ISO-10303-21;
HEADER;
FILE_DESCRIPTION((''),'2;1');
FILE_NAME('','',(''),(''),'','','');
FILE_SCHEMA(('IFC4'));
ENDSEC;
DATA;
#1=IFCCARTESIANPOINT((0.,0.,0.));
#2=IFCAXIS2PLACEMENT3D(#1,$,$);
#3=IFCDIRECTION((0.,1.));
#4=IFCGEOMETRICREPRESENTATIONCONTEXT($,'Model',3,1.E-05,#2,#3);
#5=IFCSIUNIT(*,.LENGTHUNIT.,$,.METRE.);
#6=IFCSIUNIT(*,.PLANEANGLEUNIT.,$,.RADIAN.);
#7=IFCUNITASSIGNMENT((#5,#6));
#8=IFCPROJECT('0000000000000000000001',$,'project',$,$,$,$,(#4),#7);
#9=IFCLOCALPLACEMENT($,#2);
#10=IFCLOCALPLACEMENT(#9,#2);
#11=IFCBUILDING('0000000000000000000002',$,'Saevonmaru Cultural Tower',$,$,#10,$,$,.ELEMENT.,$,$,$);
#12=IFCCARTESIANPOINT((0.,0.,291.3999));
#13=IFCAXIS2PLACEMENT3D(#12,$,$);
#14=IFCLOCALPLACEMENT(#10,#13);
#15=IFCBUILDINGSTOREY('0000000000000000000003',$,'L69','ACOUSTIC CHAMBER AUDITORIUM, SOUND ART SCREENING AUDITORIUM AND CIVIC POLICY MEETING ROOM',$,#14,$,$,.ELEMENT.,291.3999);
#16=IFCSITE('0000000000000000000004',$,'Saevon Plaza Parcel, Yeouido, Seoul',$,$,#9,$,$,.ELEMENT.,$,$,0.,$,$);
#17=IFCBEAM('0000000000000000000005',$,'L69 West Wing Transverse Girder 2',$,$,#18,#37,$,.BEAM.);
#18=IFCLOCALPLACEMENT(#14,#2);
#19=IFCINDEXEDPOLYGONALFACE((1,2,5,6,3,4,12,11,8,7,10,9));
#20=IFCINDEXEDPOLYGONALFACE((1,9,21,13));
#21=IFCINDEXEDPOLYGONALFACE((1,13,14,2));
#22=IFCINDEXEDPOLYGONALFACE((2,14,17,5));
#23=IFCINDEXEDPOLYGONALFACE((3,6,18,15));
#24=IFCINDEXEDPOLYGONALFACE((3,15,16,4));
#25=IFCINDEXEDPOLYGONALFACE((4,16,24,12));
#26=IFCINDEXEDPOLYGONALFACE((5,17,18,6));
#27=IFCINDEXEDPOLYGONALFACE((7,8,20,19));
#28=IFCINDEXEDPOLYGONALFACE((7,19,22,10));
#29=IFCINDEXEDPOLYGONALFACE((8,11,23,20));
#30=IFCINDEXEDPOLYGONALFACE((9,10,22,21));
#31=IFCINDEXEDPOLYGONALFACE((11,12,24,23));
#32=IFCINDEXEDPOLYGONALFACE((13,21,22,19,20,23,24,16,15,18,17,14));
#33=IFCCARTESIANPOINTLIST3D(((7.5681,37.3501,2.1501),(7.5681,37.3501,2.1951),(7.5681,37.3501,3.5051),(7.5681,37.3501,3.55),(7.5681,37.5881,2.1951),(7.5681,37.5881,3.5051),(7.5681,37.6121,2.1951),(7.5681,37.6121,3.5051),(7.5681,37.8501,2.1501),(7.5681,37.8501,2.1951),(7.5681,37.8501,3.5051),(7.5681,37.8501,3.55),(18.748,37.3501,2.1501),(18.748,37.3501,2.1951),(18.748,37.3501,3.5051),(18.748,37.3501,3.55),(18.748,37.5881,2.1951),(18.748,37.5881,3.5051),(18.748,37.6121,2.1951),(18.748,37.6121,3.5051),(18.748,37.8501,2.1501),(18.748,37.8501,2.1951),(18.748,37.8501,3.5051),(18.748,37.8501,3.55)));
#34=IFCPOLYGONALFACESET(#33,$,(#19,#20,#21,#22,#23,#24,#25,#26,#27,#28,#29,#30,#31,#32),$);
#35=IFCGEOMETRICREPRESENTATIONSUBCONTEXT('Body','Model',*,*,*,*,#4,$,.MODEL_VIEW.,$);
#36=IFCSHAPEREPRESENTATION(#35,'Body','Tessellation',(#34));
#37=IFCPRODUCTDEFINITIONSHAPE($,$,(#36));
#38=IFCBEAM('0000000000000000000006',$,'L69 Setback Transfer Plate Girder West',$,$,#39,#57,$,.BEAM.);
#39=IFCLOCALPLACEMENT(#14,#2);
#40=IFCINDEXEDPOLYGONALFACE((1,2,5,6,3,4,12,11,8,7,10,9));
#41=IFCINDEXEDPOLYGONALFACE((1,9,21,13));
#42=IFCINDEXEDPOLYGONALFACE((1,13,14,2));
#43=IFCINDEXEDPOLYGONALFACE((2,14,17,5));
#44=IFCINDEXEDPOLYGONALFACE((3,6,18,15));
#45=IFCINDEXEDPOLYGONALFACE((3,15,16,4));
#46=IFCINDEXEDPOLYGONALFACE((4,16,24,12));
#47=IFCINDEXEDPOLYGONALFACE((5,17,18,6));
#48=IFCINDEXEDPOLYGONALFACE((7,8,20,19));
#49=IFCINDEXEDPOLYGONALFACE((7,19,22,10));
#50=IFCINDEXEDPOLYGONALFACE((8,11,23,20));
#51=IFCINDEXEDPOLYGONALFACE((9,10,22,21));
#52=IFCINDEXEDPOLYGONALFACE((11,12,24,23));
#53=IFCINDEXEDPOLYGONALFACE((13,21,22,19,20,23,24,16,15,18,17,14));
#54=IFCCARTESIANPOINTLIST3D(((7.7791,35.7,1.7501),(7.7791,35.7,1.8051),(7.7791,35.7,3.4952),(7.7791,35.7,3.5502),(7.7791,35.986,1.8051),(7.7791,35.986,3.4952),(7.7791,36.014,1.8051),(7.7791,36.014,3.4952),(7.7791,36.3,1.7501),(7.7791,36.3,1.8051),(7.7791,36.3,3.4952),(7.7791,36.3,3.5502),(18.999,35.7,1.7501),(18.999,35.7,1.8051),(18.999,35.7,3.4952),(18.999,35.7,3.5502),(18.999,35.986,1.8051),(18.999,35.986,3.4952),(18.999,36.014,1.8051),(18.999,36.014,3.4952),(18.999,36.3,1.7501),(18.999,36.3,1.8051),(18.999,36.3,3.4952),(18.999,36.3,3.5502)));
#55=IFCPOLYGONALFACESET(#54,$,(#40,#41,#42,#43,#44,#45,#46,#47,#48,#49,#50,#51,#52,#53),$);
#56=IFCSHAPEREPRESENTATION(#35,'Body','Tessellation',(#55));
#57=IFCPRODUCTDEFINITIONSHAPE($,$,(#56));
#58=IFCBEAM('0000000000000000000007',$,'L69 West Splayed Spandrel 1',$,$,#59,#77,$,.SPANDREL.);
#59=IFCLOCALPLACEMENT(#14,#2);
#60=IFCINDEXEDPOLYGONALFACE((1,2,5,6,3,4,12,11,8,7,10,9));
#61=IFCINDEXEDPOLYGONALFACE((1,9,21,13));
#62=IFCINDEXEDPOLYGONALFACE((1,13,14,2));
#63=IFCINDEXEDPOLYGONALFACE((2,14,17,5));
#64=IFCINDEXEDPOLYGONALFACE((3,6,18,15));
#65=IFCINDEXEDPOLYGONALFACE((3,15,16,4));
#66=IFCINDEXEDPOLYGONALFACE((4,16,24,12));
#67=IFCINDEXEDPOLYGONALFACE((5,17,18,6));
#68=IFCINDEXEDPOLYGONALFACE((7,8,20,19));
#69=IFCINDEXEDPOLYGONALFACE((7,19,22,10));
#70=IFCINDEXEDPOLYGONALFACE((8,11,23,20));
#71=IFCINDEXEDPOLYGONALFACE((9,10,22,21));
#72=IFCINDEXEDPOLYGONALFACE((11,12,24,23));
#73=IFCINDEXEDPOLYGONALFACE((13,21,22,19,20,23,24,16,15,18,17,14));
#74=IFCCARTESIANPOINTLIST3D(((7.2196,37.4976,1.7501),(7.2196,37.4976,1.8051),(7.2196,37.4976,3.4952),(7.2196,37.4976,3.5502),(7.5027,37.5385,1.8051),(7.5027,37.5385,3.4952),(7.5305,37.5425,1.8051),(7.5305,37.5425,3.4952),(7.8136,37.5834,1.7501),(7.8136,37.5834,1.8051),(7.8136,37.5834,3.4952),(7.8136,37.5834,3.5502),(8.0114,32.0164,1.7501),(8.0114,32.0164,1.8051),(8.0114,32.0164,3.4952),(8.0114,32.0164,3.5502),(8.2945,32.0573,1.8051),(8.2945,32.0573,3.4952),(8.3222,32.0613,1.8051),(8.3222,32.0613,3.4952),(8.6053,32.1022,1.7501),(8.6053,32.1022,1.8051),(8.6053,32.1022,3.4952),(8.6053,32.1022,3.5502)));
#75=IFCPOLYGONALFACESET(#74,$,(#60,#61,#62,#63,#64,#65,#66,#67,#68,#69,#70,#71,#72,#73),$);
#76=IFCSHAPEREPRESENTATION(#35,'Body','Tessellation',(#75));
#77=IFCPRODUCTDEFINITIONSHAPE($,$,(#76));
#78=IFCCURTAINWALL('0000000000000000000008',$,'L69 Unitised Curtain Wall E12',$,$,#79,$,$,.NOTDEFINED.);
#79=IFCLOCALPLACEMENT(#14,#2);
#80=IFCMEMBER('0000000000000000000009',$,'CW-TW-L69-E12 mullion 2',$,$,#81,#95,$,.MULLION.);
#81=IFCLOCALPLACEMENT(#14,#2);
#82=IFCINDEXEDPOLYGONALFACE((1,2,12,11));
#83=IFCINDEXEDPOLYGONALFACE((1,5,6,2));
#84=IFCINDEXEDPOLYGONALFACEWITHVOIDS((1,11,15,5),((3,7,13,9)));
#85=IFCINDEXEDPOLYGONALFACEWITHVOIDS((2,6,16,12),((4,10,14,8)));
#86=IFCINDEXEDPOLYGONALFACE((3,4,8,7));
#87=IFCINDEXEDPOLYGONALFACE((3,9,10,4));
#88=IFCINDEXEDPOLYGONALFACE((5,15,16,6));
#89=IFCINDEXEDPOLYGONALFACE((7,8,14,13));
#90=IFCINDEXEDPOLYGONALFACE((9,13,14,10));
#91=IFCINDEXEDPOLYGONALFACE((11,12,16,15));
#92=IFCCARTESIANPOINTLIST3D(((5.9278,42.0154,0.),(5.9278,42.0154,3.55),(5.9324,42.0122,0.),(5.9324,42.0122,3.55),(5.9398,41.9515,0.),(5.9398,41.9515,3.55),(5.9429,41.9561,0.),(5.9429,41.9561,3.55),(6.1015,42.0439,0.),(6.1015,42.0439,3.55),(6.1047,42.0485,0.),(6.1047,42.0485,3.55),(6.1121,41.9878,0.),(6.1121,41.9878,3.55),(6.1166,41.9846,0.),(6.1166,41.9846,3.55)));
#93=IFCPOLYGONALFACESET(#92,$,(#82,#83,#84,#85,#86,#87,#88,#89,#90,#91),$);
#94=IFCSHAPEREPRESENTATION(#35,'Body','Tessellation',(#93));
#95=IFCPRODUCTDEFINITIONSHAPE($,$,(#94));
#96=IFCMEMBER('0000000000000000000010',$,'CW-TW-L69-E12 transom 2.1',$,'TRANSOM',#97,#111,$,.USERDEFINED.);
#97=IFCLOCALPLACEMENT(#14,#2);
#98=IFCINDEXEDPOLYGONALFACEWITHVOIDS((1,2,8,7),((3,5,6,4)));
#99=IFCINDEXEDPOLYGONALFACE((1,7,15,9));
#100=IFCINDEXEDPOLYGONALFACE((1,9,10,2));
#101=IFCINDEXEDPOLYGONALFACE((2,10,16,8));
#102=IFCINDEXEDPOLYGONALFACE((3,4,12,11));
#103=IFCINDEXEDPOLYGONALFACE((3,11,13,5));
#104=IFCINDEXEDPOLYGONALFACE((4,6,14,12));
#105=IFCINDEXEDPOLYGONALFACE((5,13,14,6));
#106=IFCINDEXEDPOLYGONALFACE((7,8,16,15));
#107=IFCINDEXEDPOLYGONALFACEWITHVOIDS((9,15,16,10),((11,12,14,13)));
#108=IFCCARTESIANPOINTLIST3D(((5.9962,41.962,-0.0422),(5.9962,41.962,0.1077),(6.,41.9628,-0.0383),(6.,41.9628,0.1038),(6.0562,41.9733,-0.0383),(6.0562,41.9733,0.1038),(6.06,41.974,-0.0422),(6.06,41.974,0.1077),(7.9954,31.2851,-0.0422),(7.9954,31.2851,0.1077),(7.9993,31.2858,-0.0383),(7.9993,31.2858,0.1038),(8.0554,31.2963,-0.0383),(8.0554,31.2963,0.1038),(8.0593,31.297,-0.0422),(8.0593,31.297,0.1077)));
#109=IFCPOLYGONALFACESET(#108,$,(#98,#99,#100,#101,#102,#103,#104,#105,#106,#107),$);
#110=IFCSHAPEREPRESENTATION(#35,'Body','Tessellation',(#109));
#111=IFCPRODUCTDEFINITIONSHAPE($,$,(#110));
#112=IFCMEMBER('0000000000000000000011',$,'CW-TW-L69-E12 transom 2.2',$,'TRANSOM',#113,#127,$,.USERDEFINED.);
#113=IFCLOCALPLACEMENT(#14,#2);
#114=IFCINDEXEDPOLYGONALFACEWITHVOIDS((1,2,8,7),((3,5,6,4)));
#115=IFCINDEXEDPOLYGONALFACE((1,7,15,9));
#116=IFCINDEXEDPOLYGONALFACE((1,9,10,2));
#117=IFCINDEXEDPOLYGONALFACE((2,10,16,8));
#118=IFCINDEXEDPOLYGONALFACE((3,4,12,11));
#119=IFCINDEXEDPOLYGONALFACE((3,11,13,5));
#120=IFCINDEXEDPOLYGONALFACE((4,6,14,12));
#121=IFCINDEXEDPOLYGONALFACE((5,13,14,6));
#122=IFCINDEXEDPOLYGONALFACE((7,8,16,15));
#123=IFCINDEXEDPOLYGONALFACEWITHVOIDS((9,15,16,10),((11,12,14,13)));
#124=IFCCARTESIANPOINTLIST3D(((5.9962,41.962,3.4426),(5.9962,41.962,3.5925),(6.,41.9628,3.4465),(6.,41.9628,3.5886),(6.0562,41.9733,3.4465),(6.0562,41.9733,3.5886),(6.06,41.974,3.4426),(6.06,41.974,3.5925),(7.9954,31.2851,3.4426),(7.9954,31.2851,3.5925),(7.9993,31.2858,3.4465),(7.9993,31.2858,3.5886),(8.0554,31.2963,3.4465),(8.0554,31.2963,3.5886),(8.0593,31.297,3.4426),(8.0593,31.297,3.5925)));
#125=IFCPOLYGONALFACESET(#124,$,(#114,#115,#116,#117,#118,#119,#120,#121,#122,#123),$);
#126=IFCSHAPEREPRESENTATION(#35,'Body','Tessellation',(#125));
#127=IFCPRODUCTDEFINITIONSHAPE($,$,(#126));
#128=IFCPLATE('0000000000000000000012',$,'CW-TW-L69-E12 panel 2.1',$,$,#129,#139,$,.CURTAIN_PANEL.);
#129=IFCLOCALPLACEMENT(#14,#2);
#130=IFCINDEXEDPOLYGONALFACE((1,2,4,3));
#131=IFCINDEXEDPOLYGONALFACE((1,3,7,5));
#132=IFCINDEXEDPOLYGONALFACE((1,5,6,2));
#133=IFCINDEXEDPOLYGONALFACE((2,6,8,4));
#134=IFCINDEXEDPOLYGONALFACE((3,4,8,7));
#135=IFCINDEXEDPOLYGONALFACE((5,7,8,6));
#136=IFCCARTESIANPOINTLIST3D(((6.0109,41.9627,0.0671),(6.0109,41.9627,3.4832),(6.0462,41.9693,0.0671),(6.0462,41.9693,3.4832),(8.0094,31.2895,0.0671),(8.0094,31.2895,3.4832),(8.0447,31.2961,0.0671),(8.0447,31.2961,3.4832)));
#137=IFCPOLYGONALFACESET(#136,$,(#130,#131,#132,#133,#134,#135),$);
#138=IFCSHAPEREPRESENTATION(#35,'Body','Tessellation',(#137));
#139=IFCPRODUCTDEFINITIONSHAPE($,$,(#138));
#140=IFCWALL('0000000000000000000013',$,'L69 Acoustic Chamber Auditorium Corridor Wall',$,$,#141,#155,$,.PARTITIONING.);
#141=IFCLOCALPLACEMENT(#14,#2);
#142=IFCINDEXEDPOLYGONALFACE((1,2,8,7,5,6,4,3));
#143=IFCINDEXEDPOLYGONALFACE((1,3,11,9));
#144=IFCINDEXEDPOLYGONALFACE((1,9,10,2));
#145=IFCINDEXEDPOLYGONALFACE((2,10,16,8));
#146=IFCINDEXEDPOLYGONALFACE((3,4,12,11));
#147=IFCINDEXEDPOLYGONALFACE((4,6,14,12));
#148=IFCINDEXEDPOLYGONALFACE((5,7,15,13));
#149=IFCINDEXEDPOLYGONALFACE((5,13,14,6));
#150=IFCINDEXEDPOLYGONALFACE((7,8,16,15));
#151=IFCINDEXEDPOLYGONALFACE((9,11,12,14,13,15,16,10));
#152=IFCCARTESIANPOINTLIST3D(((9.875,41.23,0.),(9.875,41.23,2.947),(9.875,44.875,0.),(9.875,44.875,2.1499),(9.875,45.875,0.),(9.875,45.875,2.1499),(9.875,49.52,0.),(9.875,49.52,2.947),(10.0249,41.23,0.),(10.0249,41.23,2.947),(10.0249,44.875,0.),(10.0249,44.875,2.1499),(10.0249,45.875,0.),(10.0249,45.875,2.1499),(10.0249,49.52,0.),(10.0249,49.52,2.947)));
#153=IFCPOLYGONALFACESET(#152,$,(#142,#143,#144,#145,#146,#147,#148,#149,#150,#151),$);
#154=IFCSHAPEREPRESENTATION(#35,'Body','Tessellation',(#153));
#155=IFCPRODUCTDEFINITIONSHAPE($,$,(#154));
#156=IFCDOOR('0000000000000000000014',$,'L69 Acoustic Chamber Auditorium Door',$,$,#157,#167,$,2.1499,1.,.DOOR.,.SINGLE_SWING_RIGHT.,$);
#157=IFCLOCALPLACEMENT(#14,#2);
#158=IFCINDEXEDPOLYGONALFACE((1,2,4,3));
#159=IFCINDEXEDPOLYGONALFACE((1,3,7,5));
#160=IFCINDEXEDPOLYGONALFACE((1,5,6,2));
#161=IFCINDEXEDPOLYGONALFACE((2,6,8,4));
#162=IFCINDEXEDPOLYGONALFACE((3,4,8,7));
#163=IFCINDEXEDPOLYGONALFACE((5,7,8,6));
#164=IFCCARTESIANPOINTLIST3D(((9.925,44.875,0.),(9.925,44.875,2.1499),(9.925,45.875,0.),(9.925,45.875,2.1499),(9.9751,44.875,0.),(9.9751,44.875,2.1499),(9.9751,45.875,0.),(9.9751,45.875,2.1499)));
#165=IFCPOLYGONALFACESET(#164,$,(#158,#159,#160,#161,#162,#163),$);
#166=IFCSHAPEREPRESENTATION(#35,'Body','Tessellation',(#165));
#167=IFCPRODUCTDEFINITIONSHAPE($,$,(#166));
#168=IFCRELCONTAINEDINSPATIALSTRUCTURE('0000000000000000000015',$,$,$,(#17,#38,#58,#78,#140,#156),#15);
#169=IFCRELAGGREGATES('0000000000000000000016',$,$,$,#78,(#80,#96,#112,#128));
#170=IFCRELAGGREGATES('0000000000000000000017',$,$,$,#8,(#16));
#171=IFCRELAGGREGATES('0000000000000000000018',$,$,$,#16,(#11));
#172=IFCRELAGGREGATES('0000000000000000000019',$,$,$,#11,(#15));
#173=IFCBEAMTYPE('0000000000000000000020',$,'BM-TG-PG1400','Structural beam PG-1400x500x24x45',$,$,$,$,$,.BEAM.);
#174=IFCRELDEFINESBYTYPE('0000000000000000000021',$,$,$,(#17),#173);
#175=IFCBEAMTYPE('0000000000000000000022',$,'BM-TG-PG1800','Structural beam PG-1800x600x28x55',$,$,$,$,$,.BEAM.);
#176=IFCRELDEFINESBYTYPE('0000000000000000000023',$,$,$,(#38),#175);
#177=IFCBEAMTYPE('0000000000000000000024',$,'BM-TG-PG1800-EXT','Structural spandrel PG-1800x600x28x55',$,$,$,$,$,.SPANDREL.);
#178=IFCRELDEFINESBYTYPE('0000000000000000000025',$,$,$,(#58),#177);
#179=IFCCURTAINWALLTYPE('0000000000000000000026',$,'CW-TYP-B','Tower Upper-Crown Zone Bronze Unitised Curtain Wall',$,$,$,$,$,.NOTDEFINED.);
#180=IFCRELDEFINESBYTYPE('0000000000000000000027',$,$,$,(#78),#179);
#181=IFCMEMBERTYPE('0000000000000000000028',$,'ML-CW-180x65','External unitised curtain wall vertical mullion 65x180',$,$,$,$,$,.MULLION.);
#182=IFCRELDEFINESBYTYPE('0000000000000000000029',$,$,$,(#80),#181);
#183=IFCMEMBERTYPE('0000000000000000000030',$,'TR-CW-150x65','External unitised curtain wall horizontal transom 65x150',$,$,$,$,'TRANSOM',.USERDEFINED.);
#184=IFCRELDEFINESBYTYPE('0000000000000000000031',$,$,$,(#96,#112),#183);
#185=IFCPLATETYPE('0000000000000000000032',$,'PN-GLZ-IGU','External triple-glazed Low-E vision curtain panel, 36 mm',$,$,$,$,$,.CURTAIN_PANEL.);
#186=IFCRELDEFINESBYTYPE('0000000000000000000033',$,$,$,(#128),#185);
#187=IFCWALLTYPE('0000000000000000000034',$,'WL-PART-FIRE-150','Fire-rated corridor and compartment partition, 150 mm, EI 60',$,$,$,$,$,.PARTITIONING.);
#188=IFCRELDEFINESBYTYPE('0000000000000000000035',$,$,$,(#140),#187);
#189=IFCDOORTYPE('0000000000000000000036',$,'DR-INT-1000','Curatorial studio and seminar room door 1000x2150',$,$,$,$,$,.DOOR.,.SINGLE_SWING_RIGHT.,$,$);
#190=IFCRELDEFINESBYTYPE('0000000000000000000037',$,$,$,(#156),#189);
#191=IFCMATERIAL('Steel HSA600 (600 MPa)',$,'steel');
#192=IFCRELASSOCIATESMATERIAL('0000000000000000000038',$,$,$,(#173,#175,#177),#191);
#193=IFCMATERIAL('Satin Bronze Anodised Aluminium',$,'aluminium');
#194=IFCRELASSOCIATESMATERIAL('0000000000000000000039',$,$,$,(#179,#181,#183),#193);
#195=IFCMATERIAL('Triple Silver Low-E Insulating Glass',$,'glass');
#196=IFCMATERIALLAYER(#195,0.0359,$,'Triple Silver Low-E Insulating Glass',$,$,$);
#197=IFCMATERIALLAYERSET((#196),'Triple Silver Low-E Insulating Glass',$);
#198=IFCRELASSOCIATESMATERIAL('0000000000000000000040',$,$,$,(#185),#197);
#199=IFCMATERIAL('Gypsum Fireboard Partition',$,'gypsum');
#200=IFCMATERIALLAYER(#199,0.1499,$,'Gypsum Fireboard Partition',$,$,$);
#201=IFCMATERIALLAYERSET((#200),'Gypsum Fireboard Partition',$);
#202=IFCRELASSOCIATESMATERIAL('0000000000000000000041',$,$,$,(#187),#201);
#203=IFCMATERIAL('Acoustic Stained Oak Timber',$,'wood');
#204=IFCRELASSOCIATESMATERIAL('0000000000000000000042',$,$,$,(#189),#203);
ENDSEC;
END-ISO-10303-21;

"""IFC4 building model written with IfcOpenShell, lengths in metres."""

from ifc_helpers import new_model, si_unit, direction, frame, frame_2d, origin, origin_2d, place, context, subcontext, project, spatial, rectangle, hollow_rectangle, i_section, extrude, material, layer, layer_set, material_profile, profile_set, type_object, element, fill, aggregate, save


model = new_model("IFC4")

# Units and contexts
model_context = context("Model", 3, precision=1e-05, world=origin(), true_north=direction((0.0, 1.0)))
body_context = subcontext(model_context, "Body", "Model", "MODEL_VIEW")
ifc_project = project(units=[si_unit("LENGTHUNIT", "METRE"), si_unit("PLANEANGLEUNIT", "RADIAN")], contexts=[model_context])

# Site, building, storey
site_placement = place(None, origin())
site = spatial("IfcSite", under=ifc_project, at=site_placement, Name="Saevon Plaza Parcel, Yeouido, Seoul", CompositionType="ELEMENT", RefElevation=0.0)
building_placement = place(site_placement, origin())
building = spatial("IfcBuilding", under=site, at=building_placement, Name="Saevonmaru Cultural Tower", CompositionType="ELEMENT")
storey_placement = place(building_placement, frame((0.0, 0.0, 291.3999)))
storey = spatial("IfcBuildingStorey", under=building, at=storey_placement, Name="L69", Description="ACOUSTIC CHAMBER AUDITORIUM, SOUND ART SCREENING AUDITORIUM AND CIVIC POLICY MEETING ROOM", CompositionType="ELEMENT", Elevation=291.3999)

# Beams
ifc_material_1 = material(Name="Steel HSA600 (600 MPa)", Category="steel")
ifc_material_profile_1 = material_profile(ifc_material_1, i_section(OverallWidth=0.5, OverallDepth=1.3999, WebThickness=0.0239, FlangeThickness=0.0449, at=origin_2d()), Name="PG-1400x500x24x45")
ifc_profile_set_1 = profile_set([ifc_material_profile_1], Name="Steel HSA600 (600 MPa)")
beam_type_1 = type_object("IfcBeamType", Name="BM-TG-PG1400", Description="Structural beam PG-1400x500x24x45", PredefinedType="BEAM", material=ifc_profile_set_1)
beam_1_placement = place(storey_placement, frame((7.5681, 37.6001, 2.8501), z_axis=(1.0, 0.0, 0.0), x_axis=(0.0, 1.0, 0.0)))
element("IfcBeam", 1, at=beam_1_placement, inside=storey, type_object=beam_type_1, Name="L69 West Wing Transverse Girder 2", PredefinedType="BEAM", context=body_context, shape_type="SweptSolid", body=[
    extrude(i_section(OverallWidth=0.5, OverallDepth=1.3999, WebThickness=0.0239, FlangeThickness=0.0449, at=origin_2d()), origin(), (0.0, 0.0, 1.0), 11.1799),
])
ifc_material_profile_2 = material_profile(ifc_material_1, i_section(OverallWidth=0.6001, OverallDepth=1.8, WebThickness=0.0281, FlangeThickness=0.0549, at=origin_2d()), Name="PG-1800x600x28x55")
ifc_profile_set_2 = profile_set([ifc_material_profile_2], Name="Steel HSA600 (600 MPa)")
beam_type_2 = type_object("IfcBeamType", Name="BM-TG-PG1800", Description="Structural beam PG-1800x600x28x55", PredefinedType="BEAM", material=ifc_profile_set_2)
beam_2_placement = place(storey_placement, frame((7.7791, 36.0, 2.6501), z_axis=(1.0, 0.0, 0.0), x_axis=(0.0, 1.0, 0.0)))
element("IfcBeam", 2, at=beam_2_placement, inside=storey, type_object=beam_type_2, Name="L69 Setback Transfer Plate Girder West", PredefinedType="BEAM", context=body_context, shape_type="SweptSolid", body=[
    extrude(i_section(OverallWidth=0.6001, OverallDepth=1.8, WebThickness=0.0281, FlangeThickness=0.0549, at=origin_2d()), origin(), (0.0, 0.0, 1.0), 11.22),
])
ifc_material_profile_3 = material_profile(ifc_material_1, i_section(OverallWidth=0.6001, OverallDepth=1.8, WebThickness=0.0281, FlangeThickness=0.0549, at=origin_2d()), Name="PG-1800x600x28x55")
ifc_profile_set_3 = profile_set([ifc_material_profile_3], Name="Steel HSA600 (600 MPa)")
beam_type_3 = type_object("IfcBeamType", Name="BM-TG-PG1800-EXT", Description="Structural spandrel PG-1800x600x28x55", PredefinedType="SPANDREL", material=ifc_profile_set_3)
beam_3_placement = place(storey_placement, frame((8.3083, 32.0593, 2.6501), z_axis=(-0.142964, 0.989728, 0.0), x_axis=(-0.989728, -0.142964, 0.0)))
element("IfcBeam", 3, at=beam_3_placement, inside=storey, type_object=beam_type_3, Name="L69 West Splayed Spandrel 1", PredefinedType="SPANDREL", context=body_context, shape_type="SweptSolid", body=[
    extrude(i_section(OverallWidth=0.6001, OverallDepth=1.8, WebThickness=0.0281, FlangeThickness=0.0549, at=origin_2d()), origin(), (0.0, 0.0, 1.0), 5.5381),
])

# Curtain wall, members, plate
ifc_material_2 = material(Name="Satin Bronze Anodised Aluminium", Category="aluminium")
curtain_wall_type = type_object("IfcCurtainWallType", Name="CW-TYP-B", Description="Tower Upper-Crown Zone Bronze Unitised Curtain Wall", PredefinedType="NOTDEFINED", material=ifc_material_2)
curtain_wall_placement = place(storey_placement, origin())
curtain_wall = element("IfcCurtainWall", 4, at=curtain_wall_placement, inside=storey, type_object=curtain_wall_type, Name="L69 Unitised Curtain Wall E12", PredefinedType="NOTDEFINED")
ifc_material_profile_4 = material_profile(ifc_material_2, hollow_rectangle(XDim=0.0649, YDim=0.1799, WallThickness=0.0039, at=origin_2d()), Name="ALU-MULL-180x65x4")
ifc_profile_set_4 = profile_set([ifc_material_profile_4], Name="Satin Bronze Anodised Aluminium")
member_type_1 = type_object("IfcMemberType", Name="ML-CW-180x65", Description="External unitised curtain wall vertical mullion 65x180", PredefinedType="MULLION", material=ifc_profile_set_4)
member_1_placement = place(storey_placement, frame((6.0222, 42.0, 0.0), z_axis=(0.0, 0.0, 1.0), x_axis=(0.184047, -0.982918, 0.0)))
member_1 = element("IfcMember", 5, at=member_1_placement, type_object=member_type_1, Name="CW-TW-L69-E12 mullion 2", PredefinedType="MULLION", context=body_context, shape_type="SweptSolid", body=[
    extrude(hollow_rectangle(XDim=0.0649, YDim=0.1799, WallThickness=0.0039, at=origin_2d()), origin(), (0.0, 0.0, 1.0), 3.55),
])
ifc_material_profile_5 = material_profile(ifc_material_2, hollow_rectangle(XDim=0.0649, YDim=0.1499, WallThickness=0.0039, at=origin_2d()), Name="ALU-TRAN-150x65x4")
ifc_profile_set_5 = profile_set([ifc_material_profile_5], Name="Satin Bronze Anodised Aluminium")
member_type_2 = type_object("IfcMemberType", Name="TR-CW-150x65", Description="External unitised curtain wall horizontal transom 65x150", ElementType="TRANSOM", PredefinedType="USERDEFINED", material=ifc_profile_set_5)
member_2_placement = place(storey_placement, frame((6.0281, 41.968, 0.0327), z_axis=(0.184051, -0.982917, 0.0), x_axis=(0.982917, 0.184051, 0.0)))
member_2 = element("IfcMember", 6, at=member_2_placement, type_object=member_type_2, Name="CW-TW-L69-E12 transom 2.1", ObjectType="TRANSOM", PredefinedType="USERDEFINED", context=body_context, shape_type="SweptSolid", body=[
    extrude(hollow_rectangle(XDim=0.0649, YDim=0.1499, WallThickness=0.0039, at=origin_2d()), origin(), (0.0, 0.0, 1.0), 10.8625),
])
member_3_placement = place(storey_placement, frame((6.0281, 41.968, 3.5176), z_axis=(0.184051, -0.982917, 0.0), x_axis=(0.982917, 0.184051, 0.0)))
member_3 = element("IfcMember", 7, at=member_3_placement, type_object=member_type_2, Name="CW-TW-L69-E12 transom 2.2", ObjectType="TRANSOM", PredefinedType="USERDEFINED", context=body_context, shape_type="SweptSolid", body=[
    extrude(hollow_rectangle(XDim=0.0649, YDim=0.1499, WallThickness=0.0039, at=origin_2d()), origin(), (0.0, 0.0, 1.0), 10.8625),
])
ifc_material_3 = material(Name="Triple Silver Low-E Insulating Glass", Category="glass")
ifc_layer_1 = layer(ifc_material_3, 0.0359, Name="Triple Silver Low-E Insulating Glass")
ifc_layer_set_1 = layer_set([ifc_layer_1], Name="Triple Silver Low-E Insulating Glass")
plate_type = type_object("IfcPlateType", Name="PN-GLZ-IGU", Description="External triple-glazed Low-E vision curtain panel, 36 mm", PredefinedType="CURTAIN_PANEL", material=ifc_layer_set_1)
plate_placement = place(storey_placement, frame((7.0278, 36.6294, 0.0671), z_axis=(0.0, 0.0, 1.0), x_axis=(0.184047, -0.982918, 0.0)))
plate = element("IfcPlate", 8, at=plate_placement, type_object=plate_type, Name="CW-TW-L69-E12 panel 2.1", PredefinedType="CURTAIN_PANEL", context=body_context, shape_type="SweptSolid", body=[
    extrude(rectangle(XDim=10.8586, YDim=0.0359, at=origin_2d()), origin(), (0.0, 0.0, 1.0), 3.416),
])
aggregate(curtain_wall, [member_1, member_2, member_3, plate])

# Wall, opening, door
ifc_material_4 = material(Name="Gypsum Fireboard Partition", Category="gypsum")
ifc_layer_2 = layer(ifc_material_4, 0.1499, Name="Gypsum Fireboard Partition")
ifc_layer_set_2 = layer_set([ifc_layer_2], Name="Gypsum Fireboard Partition")
wall_type_1 = type_object("IfcWallType", Name="WL-PART-FIRE-150", Description="Fire-rated corridor and compartment partition, 150 mm, EI 60", PredefinedType="PARTITIONING", material=ifc_layer_set_2)
wall_1_placement = place(storey_placement, frame((9.95, 41.23, 0.0), z_axis=(0.0, 0.0, 1.0), x_axis=(0.0, 1.0, 0.0)))
wall_1 = element("IfcWall", 9, at=wall_1_placement, inside=storey, type_object=wall_type_1, Name="L69 Acoustic Chamber Auditorium Corridor Wall", PredefinedType="PARTITIONING", context=body_context, shape_type="SweptSolid", body=[
    extrude(rectangle(XDim=8.29, YDim=0.1499, at=frame_2d((4.145, 0.0))), origin(), (0.0, 0.0, 1.0), 2.947),
])
opening_1_placement = place(wall_1_placement, frame((3.645, 0.0, 0.0)))
opening_1 = element("IfcOpeningElement", 10, at=opening_1_placement, cuts=wall_1, PredefinedType="OPENING", context=body_context, shape_type="SweptSolid", body=[
    extrude(rectangle(XDim=1.0, YDim=2.1499, at=frame_2d((0.5, 1.075))), frame((0.0, 0.085, 0.0), z_axis=(0.0, -1.0, 0.0), x_axis=(1.0, 0.0, 0.0)), (0.0, 0.0, 1.0), 0.1699),
])
ifc_material_5 = material(Name="Acoustic Stained Oak Timber", Category="wood")
door_type = type_object("IfcDoorType", Name="DR-INT-1000", Description="Curatorial studio and seminar room door 1000x2150", OperationType="SINGLE_SWING_RIGHT", PredefinedType="DOOR", material=ifc_material_5)
door_1_placement = place(opening_1_placement, origin())
door_1 = element("IfcDoor", 11, at=door_1_placement, inside=storey, type_object=door_type, Name="L69 Acoustic Chamber Auditorium Door", OperationType="SINGLE_SWING_RIGHT", OverallHeight=2.1499, OverallWidth=1.0, PredefinedType="DOOR", context=body_context, shape_type="SweptSolid", body=[
    extrude(rectangle(XDim=1.0, YDim=2.1499, at=frame_2d((0.5, 1.075))), frame((0.0, 0.0249, 0.0), z_axis=(0.0, -1.0, 0.0), x_axis=(1.0, 0.0, 0.0)), (0.0, 0.0, 1.0), 0.05),
])
fill(opening_1, door_1)

save(model, "model.ifc")
